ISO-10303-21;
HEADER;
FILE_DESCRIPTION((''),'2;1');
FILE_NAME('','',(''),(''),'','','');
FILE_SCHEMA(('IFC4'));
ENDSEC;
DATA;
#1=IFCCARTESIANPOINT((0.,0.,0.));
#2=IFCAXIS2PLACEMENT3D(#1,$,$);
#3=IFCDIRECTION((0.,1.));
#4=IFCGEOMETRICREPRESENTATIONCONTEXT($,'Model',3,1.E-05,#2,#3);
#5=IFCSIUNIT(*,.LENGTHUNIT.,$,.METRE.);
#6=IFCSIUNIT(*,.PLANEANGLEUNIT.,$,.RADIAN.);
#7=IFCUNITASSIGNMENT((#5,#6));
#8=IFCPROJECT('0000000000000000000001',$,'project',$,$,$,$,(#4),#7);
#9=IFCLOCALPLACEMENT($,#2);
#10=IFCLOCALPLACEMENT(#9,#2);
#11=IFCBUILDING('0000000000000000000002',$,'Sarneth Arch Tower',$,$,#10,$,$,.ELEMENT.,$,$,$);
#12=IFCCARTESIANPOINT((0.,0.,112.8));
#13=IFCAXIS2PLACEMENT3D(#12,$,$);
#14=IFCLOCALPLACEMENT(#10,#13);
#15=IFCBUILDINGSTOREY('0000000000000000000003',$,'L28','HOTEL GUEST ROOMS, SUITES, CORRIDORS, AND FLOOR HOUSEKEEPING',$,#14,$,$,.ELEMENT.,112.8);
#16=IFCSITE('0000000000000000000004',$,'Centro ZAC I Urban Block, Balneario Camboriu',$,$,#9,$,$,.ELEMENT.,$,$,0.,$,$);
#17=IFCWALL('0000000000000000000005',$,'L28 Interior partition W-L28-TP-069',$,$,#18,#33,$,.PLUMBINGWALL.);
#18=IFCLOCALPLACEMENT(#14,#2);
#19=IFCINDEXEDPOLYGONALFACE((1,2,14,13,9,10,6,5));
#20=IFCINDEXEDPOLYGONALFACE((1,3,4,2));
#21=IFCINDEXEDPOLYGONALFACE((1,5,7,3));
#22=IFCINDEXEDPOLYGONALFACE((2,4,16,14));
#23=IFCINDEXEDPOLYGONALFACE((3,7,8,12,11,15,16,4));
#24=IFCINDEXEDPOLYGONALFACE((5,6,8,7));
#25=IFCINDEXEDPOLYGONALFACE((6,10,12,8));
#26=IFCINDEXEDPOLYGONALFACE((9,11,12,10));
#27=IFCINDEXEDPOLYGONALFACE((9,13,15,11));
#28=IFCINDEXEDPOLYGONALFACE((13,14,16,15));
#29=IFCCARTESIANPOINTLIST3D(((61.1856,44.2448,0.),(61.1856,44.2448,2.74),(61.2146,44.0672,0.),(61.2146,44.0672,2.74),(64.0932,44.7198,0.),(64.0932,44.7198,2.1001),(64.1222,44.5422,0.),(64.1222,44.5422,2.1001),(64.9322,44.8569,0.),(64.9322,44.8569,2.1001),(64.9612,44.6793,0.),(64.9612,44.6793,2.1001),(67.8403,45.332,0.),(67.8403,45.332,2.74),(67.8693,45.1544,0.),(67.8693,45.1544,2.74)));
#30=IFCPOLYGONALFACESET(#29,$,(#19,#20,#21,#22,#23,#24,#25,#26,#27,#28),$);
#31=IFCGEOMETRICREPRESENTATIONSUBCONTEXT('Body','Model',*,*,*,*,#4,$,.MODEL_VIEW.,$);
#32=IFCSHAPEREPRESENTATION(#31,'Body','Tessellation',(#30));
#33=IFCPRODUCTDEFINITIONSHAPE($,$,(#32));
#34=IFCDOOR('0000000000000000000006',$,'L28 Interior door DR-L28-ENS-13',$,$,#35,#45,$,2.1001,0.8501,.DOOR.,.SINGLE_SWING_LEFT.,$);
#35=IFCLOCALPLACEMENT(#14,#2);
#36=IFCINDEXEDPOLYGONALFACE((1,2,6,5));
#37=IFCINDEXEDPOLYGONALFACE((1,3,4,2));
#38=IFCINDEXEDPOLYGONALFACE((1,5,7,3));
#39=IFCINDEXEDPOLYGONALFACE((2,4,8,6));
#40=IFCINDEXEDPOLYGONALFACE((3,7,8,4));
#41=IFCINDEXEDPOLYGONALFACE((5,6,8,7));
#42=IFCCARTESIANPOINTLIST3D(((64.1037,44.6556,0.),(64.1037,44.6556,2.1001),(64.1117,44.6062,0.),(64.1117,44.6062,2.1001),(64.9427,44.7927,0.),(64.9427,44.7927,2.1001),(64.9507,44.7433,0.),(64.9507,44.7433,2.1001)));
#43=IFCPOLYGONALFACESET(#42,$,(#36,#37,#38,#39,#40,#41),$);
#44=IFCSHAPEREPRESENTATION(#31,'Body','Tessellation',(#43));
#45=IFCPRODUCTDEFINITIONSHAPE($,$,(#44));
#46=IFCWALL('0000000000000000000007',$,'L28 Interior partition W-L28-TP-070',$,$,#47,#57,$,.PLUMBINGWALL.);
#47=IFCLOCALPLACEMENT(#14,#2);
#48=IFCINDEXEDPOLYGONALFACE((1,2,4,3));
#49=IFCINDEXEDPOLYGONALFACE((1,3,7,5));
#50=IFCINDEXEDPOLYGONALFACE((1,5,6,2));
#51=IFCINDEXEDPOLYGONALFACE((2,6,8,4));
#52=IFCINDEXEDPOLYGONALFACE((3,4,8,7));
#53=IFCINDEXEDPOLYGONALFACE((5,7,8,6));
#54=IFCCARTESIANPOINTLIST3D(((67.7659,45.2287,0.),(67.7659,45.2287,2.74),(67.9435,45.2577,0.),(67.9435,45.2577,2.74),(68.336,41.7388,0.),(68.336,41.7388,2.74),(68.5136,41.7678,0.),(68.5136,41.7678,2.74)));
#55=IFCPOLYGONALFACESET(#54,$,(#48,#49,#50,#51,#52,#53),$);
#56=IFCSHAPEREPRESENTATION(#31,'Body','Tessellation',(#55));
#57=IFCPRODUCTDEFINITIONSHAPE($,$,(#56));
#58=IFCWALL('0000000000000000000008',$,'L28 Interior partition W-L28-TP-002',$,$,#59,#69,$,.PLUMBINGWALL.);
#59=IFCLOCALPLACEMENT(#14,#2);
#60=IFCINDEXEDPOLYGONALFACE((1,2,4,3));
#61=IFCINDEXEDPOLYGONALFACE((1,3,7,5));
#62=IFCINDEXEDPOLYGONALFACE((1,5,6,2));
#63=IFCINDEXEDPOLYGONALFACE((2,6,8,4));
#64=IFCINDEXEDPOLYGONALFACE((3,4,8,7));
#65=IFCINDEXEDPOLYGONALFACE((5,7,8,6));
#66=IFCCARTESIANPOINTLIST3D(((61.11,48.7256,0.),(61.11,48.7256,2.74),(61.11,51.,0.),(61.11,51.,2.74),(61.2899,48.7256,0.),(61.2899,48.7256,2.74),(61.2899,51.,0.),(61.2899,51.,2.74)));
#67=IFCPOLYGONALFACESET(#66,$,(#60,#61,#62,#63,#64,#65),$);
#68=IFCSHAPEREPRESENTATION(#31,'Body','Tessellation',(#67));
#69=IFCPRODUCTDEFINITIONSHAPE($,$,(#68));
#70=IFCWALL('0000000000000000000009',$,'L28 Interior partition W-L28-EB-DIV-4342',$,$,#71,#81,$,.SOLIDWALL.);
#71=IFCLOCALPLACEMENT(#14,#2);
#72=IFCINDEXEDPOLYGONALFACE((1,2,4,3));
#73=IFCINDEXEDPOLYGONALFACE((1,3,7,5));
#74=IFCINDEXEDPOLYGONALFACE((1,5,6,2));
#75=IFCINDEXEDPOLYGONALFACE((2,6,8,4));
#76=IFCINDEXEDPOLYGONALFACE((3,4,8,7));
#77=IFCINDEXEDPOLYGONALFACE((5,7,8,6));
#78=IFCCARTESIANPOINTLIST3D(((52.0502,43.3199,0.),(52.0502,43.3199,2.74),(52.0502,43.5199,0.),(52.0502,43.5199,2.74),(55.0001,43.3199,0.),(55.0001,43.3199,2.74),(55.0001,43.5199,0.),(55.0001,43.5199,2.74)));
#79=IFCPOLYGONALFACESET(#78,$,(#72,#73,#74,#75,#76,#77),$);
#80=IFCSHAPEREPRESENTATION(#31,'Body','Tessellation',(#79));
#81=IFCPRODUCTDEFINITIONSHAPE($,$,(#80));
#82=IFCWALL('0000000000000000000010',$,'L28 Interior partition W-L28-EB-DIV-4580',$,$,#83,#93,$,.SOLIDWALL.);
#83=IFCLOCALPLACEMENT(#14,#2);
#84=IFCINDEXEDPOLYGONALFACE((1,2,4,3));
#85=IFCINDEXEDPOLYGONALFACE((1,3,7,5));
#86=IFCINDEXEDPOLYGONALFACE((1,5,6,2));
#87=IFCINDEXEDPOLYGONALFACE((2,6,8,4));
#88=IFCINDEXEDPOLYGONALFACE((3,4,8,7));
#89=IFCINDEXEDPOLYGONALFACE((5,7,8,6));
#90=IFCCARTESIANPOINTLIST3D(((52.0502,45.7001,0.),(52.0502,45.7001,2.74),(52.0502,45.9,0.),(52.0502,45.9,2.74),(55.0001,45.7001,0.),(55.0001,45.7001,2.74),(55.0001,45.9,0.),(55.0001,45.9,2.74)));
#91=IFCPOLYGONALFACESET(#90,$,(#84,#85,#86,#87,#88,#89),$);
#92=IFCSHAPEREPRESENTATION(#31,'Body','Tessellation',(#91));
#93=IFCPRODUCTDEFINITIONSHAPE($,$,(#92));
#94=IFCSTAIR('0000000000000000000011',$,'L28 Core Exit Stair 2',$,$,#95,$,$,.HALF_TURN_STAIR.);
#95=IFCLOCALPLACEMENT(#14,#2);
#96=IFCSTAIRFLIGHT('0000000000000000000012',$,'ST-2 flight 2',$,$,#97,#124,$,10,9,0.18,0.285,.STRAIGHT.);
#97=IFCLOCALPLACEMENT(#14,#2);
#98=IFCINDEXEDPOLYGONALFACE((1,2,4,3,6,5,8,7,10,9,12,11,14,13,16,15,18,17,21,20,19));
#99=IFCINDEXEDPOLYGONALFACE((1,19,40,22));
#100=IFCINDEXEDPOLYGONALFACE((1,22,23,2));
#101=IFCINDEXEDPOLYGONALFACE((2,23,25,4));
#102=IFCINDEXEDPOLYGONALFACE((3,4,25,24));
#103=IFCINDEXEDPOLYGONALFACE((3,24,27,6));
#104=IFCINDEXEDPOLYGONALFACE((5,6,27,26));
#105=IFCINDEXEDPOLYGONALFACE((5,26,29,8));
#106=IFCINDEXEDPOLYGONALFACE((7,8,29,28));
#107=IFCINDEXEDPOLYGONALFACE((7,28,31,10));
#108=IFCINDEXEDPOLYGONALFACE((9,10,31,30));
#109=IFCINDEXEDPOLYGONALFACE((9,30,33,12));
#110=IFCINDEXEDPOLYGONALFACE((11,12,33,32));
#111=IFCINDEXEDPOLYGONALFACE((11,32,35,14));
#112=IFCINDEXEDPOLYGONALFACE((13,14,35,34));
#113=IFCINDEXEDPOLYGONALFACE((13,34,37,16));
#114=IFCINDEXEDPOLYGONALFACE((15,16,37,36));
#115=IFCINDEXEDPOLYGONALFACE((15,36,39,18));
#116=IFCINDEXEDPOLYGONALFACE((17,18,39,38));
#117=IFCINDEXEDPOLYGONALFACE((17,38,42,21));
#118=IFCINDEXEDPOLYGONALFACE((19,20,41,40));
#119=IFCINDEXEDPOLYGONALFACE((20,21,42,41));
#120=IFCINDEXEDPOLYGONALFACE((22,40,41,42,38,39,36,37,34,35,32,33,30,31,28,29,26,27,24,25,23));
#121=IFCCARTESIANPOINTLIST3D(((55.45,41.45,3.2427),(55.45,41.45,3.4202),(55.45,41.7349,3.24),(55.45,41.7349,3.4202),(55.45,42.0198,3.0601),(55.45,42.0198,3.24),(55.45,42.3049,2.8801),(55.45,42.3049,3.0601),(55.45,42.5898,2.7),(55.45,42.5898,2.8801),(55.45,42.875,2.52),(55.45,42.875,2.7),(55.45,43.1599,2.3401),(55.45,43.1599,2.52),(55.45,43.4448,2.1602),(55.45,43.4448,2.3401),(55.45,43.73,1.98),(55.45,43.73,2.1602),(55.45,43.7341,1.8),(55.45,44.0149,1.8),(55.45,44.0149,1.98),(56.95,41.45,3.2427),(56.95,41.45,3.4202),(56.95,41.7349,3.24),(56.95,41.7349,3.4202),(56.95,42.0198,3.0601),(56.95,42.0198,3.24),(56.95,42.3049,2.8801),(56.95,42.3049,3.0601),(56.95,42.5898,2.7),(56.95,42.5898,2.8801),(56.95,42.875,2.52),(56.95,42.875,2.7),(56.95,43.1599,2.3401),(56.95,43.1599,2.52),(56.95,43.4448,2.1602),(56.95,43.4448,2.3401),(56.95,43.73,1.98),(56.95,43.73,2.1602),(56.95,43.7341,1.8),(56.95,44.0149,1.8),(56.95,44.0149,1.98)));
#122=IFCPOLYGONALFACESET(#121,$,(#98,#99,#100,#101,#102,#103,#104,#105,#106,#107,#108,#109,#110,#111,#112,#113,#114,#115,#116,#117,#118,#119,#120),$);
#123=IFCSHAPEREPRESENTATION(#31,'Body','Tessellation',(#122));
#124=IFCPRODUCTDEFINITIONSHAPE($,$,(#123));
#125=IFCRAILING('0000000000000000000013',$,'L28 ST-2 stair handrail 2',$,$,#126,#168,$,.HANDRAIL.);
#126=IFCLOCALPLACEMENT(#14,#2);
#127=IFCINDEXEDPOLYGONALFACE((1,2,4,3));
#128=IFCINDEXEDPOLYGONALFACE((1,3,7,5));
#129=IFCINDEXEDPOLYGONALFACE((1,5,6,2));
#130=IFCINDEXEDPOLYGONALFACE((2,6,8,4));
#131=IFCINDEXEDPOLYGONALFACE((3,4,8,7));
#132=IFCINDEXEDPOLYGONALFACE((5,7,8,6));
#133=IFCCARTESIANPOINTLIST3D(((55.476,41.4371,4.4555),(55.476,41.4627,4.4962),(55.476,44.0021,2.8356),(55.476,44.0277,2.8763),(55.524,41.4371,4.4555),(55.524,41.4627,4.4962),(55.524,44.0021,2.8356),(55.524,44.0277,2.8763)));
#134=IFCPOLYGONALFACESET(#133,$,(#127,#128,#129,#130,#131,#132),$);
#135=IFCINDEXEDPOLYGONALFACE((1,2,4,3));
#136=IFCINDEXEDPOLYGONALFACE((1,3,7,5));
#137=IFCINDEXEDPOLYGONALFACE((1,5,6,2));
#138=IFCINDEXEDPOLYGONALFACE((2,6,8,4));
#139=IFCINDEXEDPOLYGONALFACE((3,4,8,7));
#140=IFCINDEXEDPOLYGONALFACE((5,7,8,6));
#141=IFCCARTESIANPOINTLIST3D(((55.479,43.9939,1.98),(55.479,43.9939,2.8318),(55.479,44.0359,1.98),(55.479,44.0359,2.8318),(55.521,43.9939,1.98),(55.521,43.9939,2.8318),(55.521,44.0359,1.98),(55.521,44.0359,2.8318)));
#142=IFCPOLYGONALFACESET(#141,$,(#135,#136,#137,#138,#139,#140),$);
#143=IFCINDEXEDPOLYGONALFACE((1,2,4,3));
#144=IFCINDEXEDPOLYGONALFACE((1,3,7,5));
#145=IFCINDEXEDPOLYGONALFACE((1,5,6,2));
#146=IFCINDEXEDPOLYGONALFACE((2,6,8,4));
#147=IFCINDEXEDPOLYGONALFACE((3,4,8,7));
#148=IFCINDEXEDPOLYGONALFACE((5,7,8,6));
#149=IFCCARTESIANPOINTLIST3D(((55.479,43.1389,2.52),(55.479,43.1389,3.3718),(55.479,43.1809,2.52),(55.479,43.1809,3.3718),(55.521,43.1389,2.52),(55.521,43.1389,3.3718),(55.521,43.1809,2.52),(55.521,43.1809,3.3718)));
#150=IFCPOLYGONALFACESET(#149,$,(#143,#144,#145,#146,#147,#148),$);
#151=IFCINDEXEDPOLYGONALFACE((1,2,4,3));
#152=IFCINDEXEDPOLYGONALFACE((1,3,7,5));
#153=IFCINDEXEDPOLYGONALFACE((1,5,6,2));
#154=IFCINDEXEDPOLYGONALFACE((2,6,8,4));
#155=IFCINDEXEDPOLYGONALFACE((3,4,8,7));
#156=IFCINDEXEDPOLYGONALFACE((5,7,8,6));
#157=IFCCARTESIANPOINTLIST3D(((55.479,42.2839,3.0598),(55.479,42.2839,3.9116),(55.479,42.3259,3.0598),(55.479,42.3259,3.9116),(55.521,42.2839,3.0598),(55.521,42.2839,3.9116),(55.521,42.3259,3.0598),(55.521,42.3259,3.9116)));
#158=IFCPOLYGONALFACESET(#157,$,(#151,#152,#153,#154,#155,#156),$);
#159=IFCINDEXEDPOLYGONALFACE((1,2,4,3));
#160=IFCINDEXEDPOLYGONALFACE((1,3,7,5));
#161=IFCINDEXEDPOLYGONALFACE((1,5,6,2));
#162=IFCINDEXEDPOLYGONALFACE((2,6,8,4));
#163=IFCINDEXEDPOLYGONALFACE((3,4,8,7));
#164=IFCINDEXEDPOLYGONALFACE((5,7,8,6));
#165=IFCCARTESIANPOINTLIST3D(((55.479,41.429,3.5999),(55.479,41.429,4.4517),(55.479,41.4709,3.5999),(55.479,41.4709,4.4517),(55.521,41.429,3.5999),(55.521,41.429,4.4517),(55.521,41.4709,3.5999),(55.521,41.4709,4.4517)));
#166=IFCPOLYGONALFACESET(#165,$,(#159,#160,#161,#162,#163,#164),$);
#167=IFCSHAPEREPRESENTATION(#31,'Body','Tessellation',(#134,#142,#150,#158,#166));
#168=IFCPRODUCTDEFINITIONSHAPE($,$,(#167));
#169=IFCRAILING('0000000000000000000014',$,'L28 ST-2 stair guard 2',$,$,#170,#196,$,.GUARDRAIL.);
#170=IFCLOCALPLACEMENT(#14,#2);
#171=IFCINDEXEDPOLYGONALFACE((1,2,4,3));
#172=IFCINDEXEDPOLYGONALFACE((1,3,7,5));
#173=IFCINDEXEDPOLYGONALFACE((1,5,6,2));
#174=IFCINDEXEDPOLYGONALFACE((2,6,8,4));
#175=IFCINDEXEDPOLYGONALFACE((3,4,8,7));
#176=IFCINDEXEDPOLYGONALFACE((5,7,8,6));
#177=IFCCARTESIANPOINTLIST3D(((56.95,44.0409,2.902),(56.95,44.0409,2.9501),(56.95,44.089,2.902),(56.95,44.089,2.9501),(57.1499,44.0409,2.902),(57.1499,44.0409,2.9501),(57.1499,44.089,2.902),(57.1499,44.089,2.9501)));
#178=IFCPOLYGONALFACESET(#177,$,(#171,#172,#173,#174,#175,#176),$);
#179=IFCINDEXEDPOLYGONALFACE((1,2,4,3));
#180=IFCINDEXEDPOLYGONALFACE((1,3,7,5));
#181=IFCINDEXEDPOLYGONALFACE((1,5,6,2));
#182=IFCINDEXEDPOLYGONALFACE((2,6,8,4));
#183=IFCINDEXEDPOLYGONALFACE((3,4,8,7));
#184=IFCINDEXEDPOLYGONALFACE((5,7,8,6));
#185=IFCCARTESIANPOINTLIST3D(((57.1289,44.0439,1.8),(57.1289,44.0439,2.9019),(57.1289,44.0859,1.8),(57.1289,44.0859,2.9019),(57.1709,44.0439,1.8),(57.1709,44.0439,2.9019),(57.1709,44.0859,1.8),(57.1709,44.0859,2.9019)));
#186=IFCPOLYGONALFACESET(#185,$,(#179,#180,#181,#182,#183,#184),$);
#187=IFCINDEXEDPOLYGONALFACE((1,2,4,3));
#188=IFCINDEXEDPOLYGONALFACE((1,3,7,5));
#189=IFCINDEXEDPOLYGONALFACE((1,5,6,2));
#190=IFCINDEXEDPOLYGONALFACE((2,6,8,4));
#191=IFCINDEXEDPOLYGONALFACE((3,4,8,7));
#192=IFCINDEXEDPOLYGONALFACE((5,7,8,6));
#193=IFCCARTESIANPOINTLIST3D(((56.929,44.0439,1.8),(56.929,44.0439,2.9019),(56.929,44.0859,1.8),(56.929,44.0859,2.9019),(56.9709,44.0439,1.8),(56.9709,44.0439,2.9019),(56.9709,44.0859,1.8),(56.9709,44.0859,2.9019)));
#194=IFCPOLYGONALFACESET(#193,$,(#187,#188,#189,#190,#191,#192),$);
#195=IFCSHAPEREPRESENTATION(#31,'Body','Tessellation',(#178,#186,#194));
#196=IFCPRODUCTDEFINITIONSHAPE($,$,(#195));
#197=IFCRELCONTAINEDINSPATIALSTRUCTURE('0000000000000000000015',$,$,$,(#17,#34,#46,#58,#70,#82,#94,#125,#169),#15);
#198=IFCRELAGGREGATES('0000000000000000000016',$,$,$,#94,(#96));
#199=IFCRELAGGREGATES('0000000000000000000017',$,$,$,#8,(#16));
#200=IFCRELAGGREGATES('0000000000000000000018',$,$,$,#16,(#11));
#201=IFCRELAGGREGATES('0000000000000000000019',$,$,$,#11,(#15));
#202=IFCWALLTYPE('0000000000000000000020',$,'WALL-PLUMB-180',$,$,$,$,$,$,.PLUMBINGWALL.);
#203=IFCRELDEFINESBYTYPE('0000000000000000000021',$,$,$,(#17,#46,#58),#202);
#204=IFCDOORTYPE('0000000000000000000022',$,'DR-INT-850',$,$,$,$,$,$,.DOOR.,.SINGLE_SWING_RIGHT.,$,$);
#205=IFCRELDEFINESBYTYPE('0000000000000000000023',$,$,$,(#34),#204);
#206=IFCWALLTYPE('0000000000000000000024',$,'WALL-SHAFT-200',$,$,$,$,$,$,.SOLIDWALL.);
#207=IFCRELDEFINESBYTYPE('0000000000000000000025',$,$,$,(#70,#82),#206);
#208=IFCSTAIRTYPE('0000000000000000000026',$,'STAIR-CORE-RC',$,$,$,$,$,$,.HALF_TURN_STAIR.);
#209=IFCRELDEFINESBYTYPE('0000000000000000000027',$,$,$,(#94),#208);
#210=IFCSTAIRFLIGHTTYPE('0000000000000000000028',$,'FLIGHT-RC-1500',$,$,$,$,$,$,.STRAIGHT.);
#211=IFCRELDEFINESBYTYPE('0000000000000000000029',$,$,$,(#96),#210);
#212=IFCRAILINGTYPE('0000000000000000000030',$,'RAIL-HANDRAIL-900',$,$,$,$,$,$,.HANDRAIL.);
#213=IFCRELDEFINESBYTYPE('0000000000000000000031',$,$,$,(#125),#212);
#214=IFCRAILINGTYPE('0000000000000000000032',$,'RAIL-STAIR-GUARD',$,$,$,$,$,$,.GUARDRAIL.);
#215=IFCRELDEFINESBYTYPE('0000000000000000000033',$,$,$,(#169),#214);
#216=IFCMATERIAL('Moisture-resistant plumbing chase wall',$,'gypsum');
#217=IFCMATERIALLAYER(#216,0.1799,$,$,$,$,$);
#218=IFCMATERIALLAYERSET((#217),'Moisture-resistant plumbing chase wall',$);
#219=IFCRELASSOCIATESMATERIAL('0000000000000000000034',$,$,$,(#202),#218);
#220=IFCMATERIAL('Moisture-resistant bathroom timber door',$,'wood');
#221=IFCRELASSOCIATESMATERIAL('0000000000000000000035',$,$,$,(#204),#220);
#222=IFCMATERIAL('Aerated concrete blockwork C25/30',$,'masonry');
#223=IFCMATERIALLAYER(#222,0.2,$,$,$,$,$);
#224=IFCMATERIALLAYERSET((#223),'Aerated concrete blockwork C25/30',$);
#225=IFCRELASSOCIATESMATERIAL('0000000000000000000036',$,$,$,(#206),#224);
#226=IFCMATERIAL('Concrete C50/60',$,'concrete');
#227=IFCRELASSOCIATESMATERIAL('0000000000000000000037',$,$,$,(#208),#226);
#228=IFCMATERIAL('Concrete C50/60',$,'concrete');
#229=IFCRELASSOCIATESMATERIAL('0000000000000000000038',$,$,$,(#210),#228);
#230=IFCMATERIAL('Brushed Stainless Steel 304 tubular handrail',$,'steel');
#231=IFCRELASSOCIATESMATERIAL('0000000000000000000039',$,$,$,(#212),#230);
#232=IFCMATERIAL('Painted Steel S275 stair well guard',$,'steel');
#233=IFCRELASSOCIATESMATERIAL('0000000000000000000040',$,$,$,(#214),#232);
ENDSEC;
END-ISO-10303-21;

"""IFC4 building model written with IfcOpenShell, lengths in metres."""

from ifc_helpers import new_model, si_unit, direction, frame, frame_2d, origin, origin_2d, place, context, subcontext, project, spatial, polyline, rectangle, outline, extrude, material, layer, layer_set, type_object, element, fill, aggregate, save


model = new_model("IFC4")

# Units and contexts
model_context = context("Model", 3, precision=1e-05, world=origin(), true_north=direction((0.0, 1.0)))
body_context = subcontext(model_context, "Body", "Model", "MODEL_VIEW")
ifc_project = project(units=[si_unit("LENGTHUNIT", "METRE"), si_unit("PLANEANGLEUNIT", "RADIAN")], contexts=[model_context])

# Site, building, storey
site_placement = place(None, origin())
site = spatial("IfcSite", under=ifc_project, at=site_placement, Name="Centro ZAC I Urban Block, Balneario Camboriu", CompositionType="ELEMENT", RefElevation=0.0)
building_placement = place(site_placement, origin())
building = spatial("IfcBuilding", under=site, at=building_placement, Name="Sarneth Arch Tower", CompositionType="ELEMENT")
storey_placement = place(building_placement, frame((0.0, 0.0, 112.8)))
storey = spatial("IfcBuildingStorey", under=building, at=storey_placement, Name="L28", Description="HOTEL GUEST ROOMS, SUITES, CORRIDORS, AND FLOOR HOUSEKEEPING", CompositionType="ELEMENT", Elevation=112.8)

# Wall, opening, door
ifc_material_1 = material(Name="Moisture-resistant plumbing chase wall", Category="gypsum")
ifc_layer_1 = layer(ifc_material_1, 0.1799)
ifc_layer_set_1 = layer_set([ifc_layer_1], Name="Moisture-resistant plumbing chase wall")
wall_type_1 = type_object("IfcWallType", Name="WALL-PLUMB-180", PredefinedType="PLUMBINGWALL", material=ifc_layer_set_1)
wall_1_placement = place(storey_placement, frame((61.2, 44.156, 0.0), z_axis=(0.0, 0.0, 1.0), x_axis=(0.986917, 0.161228, 0.0)))
wall_1 = element("IfcWall", 1, at=wall_1_placement, inside=storey, type_object=wall_type_1, Name="L28 Interior partition W-L28-TP-069", PredefinedType="PLUMBINGWALL", context=body_context, shape_type="SweptSolid", body=[
    extrude(rectangle(XDim=6.7429, YDim=0.1799, at=frame_2d((3.3716, 0.0))), origin(), (0.0, 0.0, 1.0), 2.74),
])
opening_1_placement = place(wall_1_placement, frame((2.9463, 0.0, 0.0)))
opening_1 = element("IfcOpeningElement", 2, at=opening_1_placement, cuts=wall_1, PredefinedType="OPENING", context=body_context, shape_type="SweptSolid", body=[
    extrude(rectangle(XDim=0.8501, YDim=2.1001, at=frame_2d((0.425, 1.05))), frame((0.0, 0.0999, 0.0), z_axis=(0.0, -1.0, 0.0), x_axis=(1.0, 0.0, 0.0)), (0.0, 0.0, 1.0), 0.2),
])
ifc_material_2 = material(Name="Moisture-resistant bathroom timber door", Category="wood")
door_type_1 = type_object("IfcDoorType", Name="DR-INT-850", OperationType="SINGLE_SWING_RIGHT", PredefinedType="DOOR", material=ifc_material_2)
door_1_placement = place(opening_1_placement, origin())
door_1 = element("IfcDoor", 3, at=door_1_placement, inside=storey, type_object=door_type_1, Name="L28 Interior door DR-L28-ENS-13", OperationType="SINGLE_SWING_LEFT", OverallHeight=2.1001, OverallWidth=0.8501, PredefinedType="DOOR", context=body_context, shape_type="SweptSolid", body=[
    extrude(rectangle(XDim=0.8501, YDim=2.1001, at=frame_2d((0.425, 1.05))), frame((0.0, 0.0249, 0.0), z_axis=(0.0, -1.0, 0.0), x_axis=(1.0, 0.0, 0.0)), (0.0, 0.0, 1.0), 0.05),
])
fill(opening_1, door_1)

# Walls
wall_2_placement = place(storey_placement, frame((67.8547, 45.2432, 0.0), z_axis=(0.0, 0.0, 1.0), x_axis=(0.161207, -0.986921, 0.0)))
element("IfcWall", 4, at=wall_2_placement, inside=storey, type_object=wall_type_1, Name="L28 Interior partition W-L28-TP-070", PredefinedType="PLUMBINGWALL", context=body_context, shape_type="SweptSolid", body=[
    extrude(rectangle(XDim=3.5361, YDim=0.1799, at=frame_2d((1.7681, 0.0))), origin(), (0.0, 0.0, 1.0), 2.74),
])
wall_3_placement = place(storey_placement, frame((61.2, 48.7256, 0.0), z_axis=(0.0, 0.0, 1.0), x_axis=(0.0, 1.0, 0.0)))
element("IfcWall", 5, at=wall_3_placement, inside=storey, type_object=wall_type_1, Name="L28 Interior partition W-L28-TP-002", PredefinedType="PLUMBINGWALL", context=body_context, shape_type="SweptSolid", body=[
    extrude(rectangle(XDim=2.2744, YDim=0.1799, at=frame_2d((1.1372, 0.0))), origin(), (0.0, 0.0, 1.0), 2.74),
])
ifc_material_3 = material(Name="Aerated concrete blockwork C25/30", Category="masonry")
ifc_layer_2 = layer(ifc_material_3, 0.2)
ifc_layer_set_2 = layer_set([ifc_layer_2], Name="Aerated concrete blockwork C25/30")
wall_type_2 = type_object("IfcWallType", Name="WALL-SHAFT-200", PredefinedType="SOLIDWALL", material=ifc_layer_set_2)
for number, where, z_axis, x_axis, name in (
    (6, (52.05, 43.4199, 0.0), (0.0, 0.0, 1.0), (1.0, 0.0, 0.0), "L28 Interior partition W-L28-EB-DIV-4342"),
    (7, (52.05, 45.8, 0.0), (0.0, 0.0, 1.0), (1.0, 0.0, 0.0), "L28 Interior partition W-L28-EB-DIV-4580"),
):
    element("IfcWall", number, at=place(storey_placement, frame(where, z_axis=z_axis, x_axis=x_axis)), inside=storey, type_object=wall_type_2, Name=name, PredefinedType="SOLIDWALL", context=body_context, shape_type="SweptSolid", body=[
        extrude(rectangle(XDim=2.95, YDim=0.2, at=frame_2d((1.4751, 0.0))), origin(), (0.0, 0.0, 1.0), 2.74),
    ])

# Stair, stair flight
ifc_material_4 = material(Name="Concrete C50/60", Category="concrete")
stair_type = type_object("IfcStairType", Name="STAIR-CORE-RC", PredefinedType="HALF_TURN_STAIR", material=ifc_material_4)
stair_placement = place(storey_placement, origin())
stair = element("IfcStair", 8, at=stair_placement, inside=storey, type_object=stair_type, Name="L28 Core Exit Stair 2", PredefinedType="HALF_TURN_STAIR")
ifc_material_5 = material(Name="Concrete C50/60", Category="concrete")
stair_flight_type = type_object("IfcStairFlightType", Name="FLIGHT-RC-1500", PredefinedType="STRAIGHT", material=ifc_material_5)
stair_flight_placement = place(storey_placement, frame((56.2, 44.0149, 1.8), z_axis=(0.0, 0.0, 1.0), x_axis=(0.0, -1.0, 0.0)))
stair_flight = element("IfcStairFlight", 9, at=stair_flight_placement, type_object=stair_flight_type, Name="ST-2 flight 2", NumberOfRisers=10, NumberOfTreads=9, PredefinedType="STRAIGHT", RiserHeight=0.18, TreadLength=0.285, context=body_context, shape_type="SweptSolid", body=[
    extrude(outline(polyline([(0.0, 0.0), (0.0, 0.1799), (0.2849, 0.1799), (0.2849, 0.3601), (0.5701, 0.3601), (0.5701, 0.54), (0.855, 0.54), (0.855, 0.72), (1.1399, 0.72), (1.1399, 0.8999), (1.425, 0.8999), (1.425, 1.0801), (1.71, 1.0801), (1.71, 1.26), (1.9951, 1.26), (1.9951, 1.4399), (2.28, 1.4399), (2.28, 1.6201), (2.5649, 1.6201), (2.5649, 1.8), (2.5649, 1.4426), (0.2808, 0.0), (0.0, 0.0)])), frame((0.0, 0.75, 0.0), z_axis=(0.0, -1.0, 0.0), x_axis=(1.0, 0.0, 0.0)), (0.0, 0.0, 1.0), 1.5),
])
aggregate(stair, [stair_flight])

# Railings
ifc_material_6 = material(Name="Brushed Stainless Steel 304 tubular handrail", Category="steel")
railing_type_1 = type_object("IfcRailingType", Name="RAIL-HANDRAIL-900", PredefinedType="HANDRAIL", material=ifc_material_6)
railing_1_placement = place(storey_placement, frame((55.5, 44.0149, 1.98)))
element("IfcRailing", 10, at=railing_1_placement, inside=storey, type_object=railing_type_1, Name="L28 ST-2 stair handrail 2", PredefinedType="HANDRAIL", context=body_context, shape_type="SweptSolid", body=[
    extrude(rectangle(XDim=0.0481, YDim=0.0481, at=origin_2d()), frame((0.0, 0.0, 0.876), z_axis=(0.0, -0.845502, 0.533972), x_axis=(1.0, 0.0, 0.0)), (0.0, 0.0, 1.0), 3.0337),
    extrude(rectangle(XDim=0.042, YDim=0.042, at=origin_2d()), origin(), (0.0, 0.0, 1.0), 0.8518),
    extrude(rectangle(XDim=0.042, YDim=0.042, at=origin_2d()), frame((0.0, -0.855, 0.54)), (0.0, 0.0, 1.0), 0.8518),
    extrude(rectangle(XDim=0.042, YDim=0.042, at=origin_2d()), frame((0.0, -1.71, 1.0798)), (0.0, 0.0, 1.0), 0.8518),
    extrude(rectangle(XDim=0.042, YDim=0.042, at=origin_2d()), frame((0.0, -2.5649, 1.6199)), (0.0, 0.0, 1.0), 0.8518),
])
ifc_material_7 = material(Name="Painted Steel S275 stair well guard", Category="steel")
railing_type_2 = type_object("IfcRailingType", Name="RAIL-STAIR-GUARD", PredefinedType="GUARDRAIL", material=ifc_material_7)
railing_2_placement = place(storey_placement, frame((57.1499, 44.0649, 1.8)))
element("IfcRailing", 11, at=railing_2_placement, inside=storey, type_object=railing_type_2, Name="L28 ST-2 stair guard 2", PredefinedType="GUARDRAIL", context=body_context, shape_type="SweptSolid", body=[
    extrude(rectangle(XDim=0.0481, YDim=0.0481, at=origin_2d()), frame((0.0, 0.0, 1.126), z_axis=(-1.0, 0.0, 0.0), x_axis=(0.0, -1.0, 0.0)), (0.0, 0.0, 1.0), 0.2),
    extrude(rectangle(XDim=0.042, YDim=0.042, at=origin_2d()), origin(), (0.0, 0.0, 1.0), 1.1018),
    extrude(rectangle(XDim=0.042, YDim=0.042, at=origin_2d()), frame((-0.2, 0.0, 0.0)), (0.0, 0.0, 1.0), 1.1018),
])

save(model, "model.ifc")
